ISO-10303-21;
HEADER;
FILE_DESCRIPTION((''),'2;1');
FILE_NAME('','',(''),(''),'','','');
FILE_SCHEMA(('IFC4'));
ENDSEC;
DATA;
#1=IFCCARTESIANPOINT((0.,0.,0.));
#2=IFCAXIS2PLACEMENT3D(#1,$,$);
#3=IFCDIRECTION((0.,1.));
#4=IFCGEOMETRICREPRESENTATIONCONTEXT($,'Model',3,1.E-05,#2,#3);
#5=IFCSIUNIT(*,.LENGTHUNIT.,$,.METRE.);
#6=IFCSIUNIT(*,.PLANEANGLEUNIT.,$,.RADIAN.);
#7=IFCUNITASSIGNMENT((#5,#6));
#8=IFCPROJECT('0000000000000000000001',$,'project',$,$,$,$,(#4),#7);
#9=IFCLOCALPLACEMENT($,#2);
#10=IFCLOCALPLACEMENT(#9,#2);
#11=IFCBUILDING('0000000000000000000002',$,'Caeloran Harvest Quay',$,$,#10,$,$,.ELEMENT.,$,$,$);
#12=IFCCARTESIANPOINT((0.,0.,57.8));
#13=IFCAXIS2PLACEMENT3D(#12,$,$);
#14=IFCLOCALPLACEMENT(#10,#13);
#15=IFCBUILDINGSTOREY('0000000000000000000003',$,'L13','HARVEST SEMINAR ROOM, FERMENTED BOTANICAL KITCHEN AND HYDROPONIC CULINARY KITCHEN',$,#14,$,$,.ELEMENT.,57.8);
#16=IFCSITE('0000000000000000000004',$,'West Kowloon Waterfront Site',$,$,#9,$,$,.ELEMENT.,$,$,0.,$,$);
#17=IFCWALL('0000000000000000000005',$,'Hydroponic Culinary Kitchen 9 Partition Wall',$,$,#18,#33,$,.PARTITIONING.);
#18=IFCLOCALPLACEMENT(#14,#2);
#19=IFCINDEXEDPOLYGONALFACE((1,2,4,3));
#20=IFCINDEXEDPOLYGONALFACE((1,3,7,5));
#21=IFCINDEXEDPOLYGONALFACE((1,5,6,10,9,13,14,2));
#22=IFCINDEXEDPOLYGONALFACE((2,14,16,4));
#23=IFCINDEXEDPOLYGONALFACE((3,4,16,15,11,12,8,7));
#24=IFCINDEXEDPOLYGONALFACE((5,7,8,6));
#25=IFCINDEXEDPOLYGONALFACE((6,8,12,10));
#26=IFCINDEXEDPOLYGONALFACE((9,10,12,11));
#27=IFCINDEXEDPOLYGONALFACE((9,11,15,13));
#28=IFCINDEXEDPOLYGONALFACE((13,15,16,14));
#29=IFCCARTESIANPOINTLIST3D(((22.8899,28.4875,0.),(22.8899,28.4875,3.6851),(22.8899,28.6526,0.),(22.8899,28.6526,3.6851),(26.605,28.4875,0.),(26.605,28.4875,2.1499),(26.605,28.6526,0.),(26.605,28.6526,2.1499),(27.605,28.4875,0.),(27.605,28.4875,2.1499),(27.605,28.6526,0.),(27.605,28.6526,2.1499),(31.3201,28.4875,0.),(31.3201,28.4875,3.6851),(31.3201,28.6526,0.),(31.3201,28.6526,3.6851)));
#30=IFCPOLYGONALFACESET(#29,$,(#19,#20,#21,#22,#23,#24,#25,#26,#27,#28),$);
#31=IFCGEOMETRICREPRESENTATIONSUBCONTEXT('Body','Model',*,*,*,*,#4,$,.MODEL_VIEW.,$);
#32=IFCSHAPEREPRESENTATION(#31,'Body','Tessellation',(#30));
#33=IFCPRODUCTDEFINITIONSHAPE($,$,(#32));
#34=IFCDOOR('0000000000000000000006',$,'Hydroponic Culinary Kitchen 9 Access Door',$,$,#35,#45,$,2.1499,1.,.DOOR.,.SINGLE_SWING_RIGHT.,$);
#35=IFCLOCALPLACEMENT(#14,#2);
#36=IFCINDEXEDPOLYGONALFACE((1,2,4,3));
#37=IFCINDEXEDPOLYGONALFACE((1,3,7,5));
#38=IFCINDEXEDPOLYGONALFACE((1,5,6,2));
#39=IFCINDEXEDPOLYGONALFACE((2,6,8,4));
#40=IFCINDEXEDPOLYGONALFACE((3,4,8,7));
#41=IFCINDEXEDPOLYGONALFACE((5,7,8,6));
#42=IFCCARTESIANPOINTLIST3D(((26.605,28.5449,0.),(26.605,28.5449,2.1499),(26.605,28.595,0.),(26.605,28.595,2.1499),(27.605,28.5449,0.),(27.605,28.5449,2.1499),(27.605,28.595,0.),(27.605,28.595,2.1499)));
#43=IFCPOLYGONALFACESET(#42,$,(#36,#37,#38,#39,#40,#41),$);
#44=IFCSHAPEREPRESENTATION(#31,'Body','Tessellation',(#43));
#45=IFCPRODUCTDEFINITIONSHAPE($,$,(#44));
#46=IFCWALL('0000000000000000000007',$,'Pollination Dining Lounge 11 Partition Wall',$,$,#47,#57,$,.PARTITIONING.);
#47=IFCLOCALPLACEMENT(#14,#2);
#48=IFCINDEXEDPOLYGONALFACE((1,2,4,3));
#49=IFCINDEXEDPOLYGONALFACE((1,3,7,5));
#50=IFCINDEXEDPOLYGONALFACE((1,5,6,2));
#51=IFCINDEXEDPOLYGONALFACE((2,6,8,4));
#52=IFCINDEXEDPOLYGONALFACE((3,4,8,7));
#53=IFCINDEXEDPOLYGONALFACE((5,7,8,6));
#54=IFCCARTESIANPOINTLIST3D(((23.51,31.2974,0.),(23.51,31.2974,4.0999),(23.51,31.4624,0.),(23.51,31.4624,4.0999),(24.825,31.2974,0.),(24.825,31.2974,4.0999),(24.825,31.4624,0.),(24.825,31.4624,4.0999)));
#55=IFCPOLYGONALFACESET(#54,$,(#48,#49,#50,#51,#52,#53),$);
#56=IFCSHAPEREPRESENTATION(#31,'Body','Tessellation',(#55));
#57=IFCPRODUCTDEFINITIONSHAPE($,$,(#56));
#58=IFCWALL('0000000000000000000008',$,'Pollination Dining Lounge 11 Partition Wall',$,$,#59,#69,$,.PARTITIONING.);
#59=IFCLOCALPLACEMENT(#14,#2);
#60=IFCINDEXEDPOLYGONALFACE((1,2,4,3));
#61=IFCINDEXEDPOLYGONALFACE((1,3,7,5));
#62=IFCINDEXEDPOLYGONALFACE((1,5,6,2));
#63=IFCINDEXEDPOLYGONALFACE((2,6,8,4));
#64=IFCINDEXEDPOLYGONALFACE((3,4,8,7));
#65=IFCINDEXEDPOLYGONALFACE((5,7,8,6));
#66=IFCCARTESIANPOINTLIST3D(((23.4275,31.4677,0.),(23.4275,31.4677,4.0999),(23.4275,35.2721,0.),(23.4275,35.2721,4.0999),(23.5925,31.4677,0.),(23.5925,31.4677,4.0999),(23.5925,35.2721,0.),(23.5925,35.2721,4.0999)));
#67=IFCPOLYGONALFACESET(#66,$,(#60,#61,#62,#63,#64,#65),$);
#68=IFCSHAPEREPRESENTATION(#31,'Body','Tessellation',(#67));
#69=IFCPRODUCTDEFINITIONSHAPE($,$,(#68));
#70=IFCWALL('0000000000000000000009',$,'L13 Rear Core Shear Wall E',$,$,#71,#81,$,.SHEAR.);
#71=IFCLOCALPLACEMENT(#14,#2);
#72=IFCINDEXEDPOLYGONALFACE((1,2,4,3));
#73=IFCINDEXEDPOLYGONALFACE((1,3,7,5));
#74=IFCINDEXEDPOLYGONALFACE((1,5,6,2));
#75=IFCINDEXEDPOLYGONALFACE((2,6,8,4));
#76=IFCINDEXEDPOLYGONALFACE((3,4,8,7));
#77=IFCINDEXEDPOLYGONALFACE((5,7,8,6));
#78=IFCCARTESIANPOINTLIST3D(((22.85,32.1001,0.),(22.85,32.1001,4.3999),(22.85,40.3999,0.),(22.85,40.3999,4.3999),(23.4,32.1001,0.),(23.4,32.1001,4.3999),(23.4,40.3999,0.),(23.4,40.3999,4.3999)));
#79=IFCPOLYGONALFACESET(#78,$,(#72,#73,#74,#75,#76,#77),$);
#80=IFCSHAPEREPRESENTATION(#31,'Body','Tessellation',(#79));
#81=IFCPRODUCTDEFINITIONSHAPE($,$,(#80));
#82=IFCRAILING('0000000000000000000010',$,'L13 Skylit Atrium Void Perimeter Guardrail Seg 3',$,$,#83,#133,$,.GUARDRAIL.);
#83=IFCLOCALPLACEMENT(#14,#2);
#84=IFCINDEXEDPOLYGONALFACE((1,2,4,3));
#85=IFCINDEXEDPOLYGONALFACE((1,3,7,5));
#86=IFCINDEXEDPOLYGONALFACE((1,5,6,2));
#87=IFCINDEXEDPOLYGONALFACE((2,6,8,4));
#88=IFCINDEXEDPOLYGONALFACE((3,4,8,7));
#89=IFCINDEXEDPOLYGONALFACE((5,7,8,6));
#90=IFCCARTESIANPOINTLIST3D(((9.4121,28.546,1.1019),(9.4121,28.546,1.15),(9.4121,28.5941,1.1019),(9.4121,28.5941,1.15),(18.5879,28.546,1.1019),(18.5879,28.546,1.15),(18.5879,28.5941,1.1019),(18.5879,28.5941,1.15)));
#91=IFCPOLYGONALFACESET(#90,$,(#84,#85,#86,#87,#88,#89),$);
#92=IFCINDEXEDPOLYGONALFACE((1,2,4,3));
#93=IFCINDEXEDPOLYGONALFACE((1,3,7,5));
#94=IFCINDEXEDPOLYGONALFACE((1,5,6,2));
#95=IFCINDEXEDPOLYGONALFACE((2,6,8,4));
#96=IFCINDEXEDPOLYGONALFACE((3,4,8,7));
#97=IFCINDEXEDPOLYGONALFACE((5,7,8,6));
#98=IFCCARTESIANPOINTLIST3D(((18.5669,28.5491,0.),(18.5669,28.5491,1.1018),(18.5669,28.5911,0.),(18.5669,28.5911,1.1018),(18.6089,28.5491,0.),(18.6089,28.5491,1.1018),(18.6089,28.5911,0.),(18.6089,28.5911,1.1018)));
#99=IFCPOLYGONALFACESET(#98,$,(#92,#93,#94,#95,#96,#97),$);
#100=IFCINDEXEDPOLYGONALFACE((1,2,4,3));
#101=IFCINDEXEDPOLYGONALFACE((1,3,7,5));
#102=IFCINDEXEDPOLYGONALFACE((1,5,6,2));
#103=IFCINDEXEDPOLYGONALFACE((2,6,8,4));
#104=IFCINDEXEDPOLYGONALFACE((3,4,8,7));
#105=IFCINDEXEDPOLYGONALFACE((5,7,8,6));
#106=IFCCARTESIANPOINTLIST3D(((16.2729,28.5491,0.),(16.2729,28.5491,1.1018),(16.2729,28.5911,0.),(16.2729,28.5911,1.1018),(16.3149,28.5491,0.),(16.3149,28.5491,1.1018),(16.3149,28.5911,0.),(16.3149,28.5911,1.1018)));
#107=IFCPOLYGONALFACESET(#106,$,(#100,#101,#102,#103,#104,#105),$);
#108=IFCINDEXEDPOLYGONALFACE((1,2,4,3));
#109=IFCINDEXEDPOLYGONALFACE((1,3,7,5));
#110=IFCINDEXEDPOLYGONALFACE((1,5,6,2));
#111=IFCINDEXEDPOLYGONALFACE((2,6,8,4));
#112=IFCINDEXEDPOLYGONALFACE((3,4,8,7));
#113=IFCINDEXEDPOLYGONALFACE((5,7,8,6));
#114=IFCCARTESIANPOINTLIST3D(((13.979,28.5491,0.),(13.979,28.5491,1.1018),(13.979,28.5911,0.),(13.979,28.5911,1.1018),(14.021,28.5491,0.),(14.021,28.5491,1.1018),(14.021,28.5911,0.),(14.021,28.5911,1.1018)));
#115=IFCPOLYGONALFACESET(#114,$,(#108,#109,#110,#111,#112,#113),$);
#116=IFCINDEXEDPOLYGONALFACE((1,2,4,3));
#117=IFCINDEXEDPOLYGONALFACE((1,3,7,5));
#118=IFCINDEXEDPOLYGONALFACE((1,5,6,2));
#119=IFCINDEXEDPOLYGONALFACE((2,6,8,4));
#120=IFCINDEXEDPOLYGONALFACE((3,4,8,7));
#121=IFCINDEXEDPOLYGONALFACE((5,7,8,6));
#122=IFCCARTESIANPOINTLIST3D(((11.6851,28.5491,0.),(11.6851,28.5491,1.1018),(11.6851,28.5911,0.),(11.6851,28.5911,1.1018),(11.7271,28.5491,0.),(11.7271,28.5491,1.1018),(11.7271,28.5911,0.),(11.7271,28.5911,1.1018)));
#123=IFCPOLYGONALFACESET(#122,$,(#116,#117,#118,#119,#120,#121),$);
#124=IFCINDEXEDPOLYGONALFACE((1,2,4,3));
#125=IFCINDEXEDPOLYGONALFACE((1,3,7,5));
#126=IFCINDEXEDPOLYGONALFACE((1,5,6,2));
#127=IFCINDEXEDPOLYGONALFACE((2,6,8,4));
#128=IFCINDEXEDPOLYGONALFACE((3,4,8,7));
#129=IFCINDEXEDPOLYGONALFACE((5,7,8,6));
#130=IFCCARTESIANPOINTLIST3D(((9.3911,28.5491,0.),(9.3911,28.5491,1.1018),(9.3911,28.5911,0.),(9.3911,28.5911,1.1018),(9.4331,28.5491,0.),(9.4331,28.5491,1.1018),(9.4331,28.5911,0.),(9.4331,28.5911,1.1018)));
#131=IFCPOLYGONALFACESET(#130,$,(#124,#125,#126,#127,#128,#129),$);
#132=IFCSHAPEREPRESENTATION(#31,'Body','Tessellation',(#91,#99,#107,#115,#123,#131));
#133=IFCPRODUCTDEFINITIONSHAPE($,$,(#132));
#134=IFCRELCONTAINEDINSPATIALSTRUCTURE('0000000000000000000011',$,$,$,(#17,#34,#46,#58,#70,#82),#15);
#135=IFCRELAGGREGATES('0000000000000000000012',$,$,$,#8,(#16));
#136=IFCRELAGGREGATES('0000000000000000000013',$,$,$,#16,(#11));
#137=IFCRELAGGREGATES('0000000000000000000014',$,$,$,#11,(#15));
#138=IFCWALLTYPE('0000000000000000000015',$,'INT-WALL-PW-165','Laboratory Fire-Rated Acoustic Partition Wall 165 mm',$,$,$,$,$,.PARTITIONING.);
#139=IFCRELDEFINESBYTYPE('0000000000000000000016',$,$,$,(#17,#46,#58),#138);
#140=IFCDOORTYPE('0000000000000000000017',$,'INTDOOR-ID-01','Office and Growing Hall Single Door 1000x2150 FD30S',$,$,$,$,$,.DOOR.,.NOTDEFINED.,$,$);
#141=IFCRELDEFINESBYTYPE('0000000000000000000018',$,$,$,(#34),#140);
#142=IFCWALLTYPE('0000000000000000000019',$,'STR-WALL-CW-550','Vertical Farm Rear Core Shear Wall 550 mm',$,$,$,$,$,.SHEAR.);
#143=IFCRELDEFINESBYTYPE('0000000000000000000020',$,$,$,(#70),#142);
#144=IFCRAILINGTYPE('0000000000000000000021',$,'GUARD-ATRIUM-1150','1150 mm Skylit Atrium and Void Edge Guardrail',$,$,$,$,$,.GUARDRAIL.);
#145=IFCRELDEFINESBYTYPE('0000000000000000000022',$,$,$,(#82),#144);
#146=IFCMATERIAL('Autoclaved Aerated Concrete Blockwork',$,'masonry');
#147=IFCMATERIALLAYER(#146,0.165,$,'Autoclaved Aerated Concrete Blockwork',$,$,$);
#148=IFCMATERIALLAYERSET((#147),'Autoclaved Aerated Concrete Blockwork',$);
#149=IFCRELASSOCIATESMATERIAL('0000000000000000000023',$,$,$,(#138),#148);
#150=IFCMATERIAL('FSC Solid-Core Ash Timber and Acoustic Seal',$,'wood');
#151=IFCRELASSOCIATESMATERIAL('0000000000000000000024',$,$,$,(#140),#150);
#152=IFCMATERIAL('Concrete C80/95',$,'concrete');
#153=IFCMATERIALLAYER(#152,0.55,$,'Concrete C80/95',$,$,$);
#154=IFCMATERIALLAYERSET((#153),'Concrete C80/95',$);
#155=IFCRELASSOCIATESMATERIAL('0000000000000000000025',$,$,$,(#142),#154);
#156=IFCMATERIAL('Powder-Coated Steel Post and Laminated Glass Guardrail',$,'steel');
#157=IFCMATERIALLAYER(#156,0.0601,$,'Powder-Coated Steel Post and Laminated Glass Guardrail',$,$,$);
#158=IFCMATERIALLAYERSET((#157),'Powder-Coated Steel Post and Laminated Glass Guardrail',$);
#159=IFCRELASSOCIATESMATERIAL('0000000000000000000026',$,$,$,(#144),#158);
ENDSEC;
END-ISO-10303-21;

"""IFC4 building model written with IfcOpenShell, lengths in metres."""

from ifc_helpers import new_model, si_unit, direction, frame, frame_2d, origin, origin_2d, place, context, subcontext, project, spatial, rectangle, extrude, material, layer, layer_set, type_object, element, fill, save


model = new_model("IFC4")

# Units and contexts
model_context = context("Model", 3, precision=1e-05, world=origin(), true_north=direction((0.0, 1.0)))
body_context = subcontext(model_context, "Body", "Model", "MODEL_VIEW")
ifc_project = project(units=[si_unit("LENGTHUNIT", "METRE"), si_unit("PLANEANGLEUNIT", "RADIAN")], contexts=[model_context])

# Site, building, storey
site_placement = place(None, origin())
site = spatial("IfcSite", under=ifc_project, at=site_placement, Name="West Kowloon Waterfront Site", CompositionType="ELEMENT", RefElevation=0.0)
building_placement = place(site_placement, origin())
building = spatial("IfcBuilding", under=site, at=building_placement, Name="Caeloran Harvest Quay", CompositionType="ELEMENT")
storey_placement = place(building_placement, frame((0.0, 0.0, 57.8)))
storey = spatial("IfcBuildingStorey", under=building, at=storey_placement, Name="L13", Description="HARVEST SEMINAR ROOM, FERMENTED BOTANICAL KITCHEN AND HYDROPONIC CULINARY KITCHEN", CompositionType="ELEMENT", Elevation=57.8)

# Shared definitions
ifc_material_1 = material(Name="Concrete C80/95", Category="concrete")

# Wall, opening, door
ifc_material_2 = material(Name="Autoclaved Aerated Concrete Blockwork", Category="masonry")
ifc_layer_1 = layer(ifc_material_2, 0.165, Name="Autoclaved Aerated Concrete Blockwork")
ifc_layer_set_1 = layer_set([ifc_layer_1], Name="Autoclaved Aerated Concrete Blockwork")
wall_type_1 = type_object("IfcWallType", Name="INT-WALL-PW-165", Description="Laboratory Fire-Rated Acoustic Partition Wall 165 mm", PredefinedType="PARTITIONING", material=ifc_layer_set_1)
wall_1_placement = place(storey_placement, frame((22.8899, 28.5701, 0.0), z_axis=(0.0, 0.0, 1.0), x_axis=(1.0, 0.0, 0.0)))
wall_1 = element("IfcWall", 1, at=wall_1_placement, inside=storey, type_object=wall_type_1, Name="Hydroponic Culinary Kitchen 9 Partition Wall", PredefinedType="PARTITIONING", context=body_context, shape_type="SweptSolid", body=[
    extrude(rectangle(XDim=8.4302, YDim=0.165, at=frame_2d((4.2151, 0.0))), origin(), (0.0, 0.0, 1.0), 3.6851),
])
opening_placement = place(wall_1_placement, frame((3.7151, 0.0, 0.0)))
opening = element("IfcOpeningElement", 2, at=opening_placement, cuts=wall_1, PredefinedType="OPENING", context=body_context, shape_type="SweptSolid", body=[
    extrude(rectangle(XDim=1.0, YDim=2.1499, at=frame_2d((0.5, 1.075))), frame((0.0, 0.0925, 0.0), z_axis=(0.0, -1.0, 0.0), x_axis=(1.0, 0.0, 0.0)), (0.0, 0.0, 1.0), 0.1851),
])
ifc_material_3 = material(Name="FSC Solid-Core Ash Timber and Acoustic Seal", Category="wood")
door_type = type_object("IfcDoorType", Name="INTDOOR-ID-01", Description="Office and Growing Hall Single Door 1000x2150 FD30S", OperationType="NOTDEFINED", PredefinedType="DOOR", material=ifc_material_3)
door_placement = place(opening_placement, origin())
door = element("IfcDoor", 3, at=door_placement, inside=storey, type_object=door_type, Name="Hydroponic Culinary Kitchen 9 Access Door", OperationType="SINGLE_SWING_RIGHT", OverallHeight=2.1499, OverallWidth=1.0, PredefinedType="DOOR", context=body_context, shape_type="SweptSolid", body=[
    extrude(rectangle(XDim=1.0, YDim=2.1499, at=frame_2d((0.5, 1.075))), frame((0.0, 0.0249, 0.0), z_axis=(0.0, -1.0, 0.0), x_axis=(1.0, 0.0, 0.0)), (0.0, 0.0, 1.0), 0.05),
])
fill(opening, door)

# Walls
wall_2_placement = place(storey_placement, frame((24.825, 31.3799, 0.0), z_axis=(0.0, 0.0, 1.0), x_axis=(-1.0, 0.0, 0.0)))
element("IfcWall", 4, at=wall_2_placement, inside=storey, type_object=wall_type_1, Name="Pollination Dining Lounge 11 Partition Wall", PredefinedType="PARTITIONING", context=body_context, shape_type="SweptSolid", body=[
    extrude(rectangle(XDim=1.3149, YDim=0.165, at=frame_2d((0.6575, 0.0))), origin(), (0.0, 0.0, 1.0), 4.0999),
])
wall_3_placement = place(storey_placement, frame((23.51, 31.4675, 0.0), z_axis=(0.0, 0.0, 1.0), x_axis=(0.0, 1.0, 0.0)))
element("IfcWall", 5, at=wall_3_placement, inside=storey, type_object=wall_type_1, Name="Pollination Dining Lounge 11 Partition Wall", PredefinedType="PARTITIONING", context=body_context, shape_type="SweptSolid", body=[
    extrude(rectangle(XDim=3.8044, YDim=0.165, at=frame_2d((1.9023, 0.0))), origin(), (0.0, 0.0, 1.0), 4.0999),
])
ifc_layer_2 = layer(ifc_material_1, 0.55, Name="Concrete C80/95")
ifc_layer_set_2 = layer_set([ifc_layer_2], Name="Concrete C80/95")
wall_type_2 = type_object("IfcWallType", Name="STR-WALL-CW-550", Description="Vertical Farm Rear Core Shear Wall 550 mm", PredefinedType="SHEAR", material=ifc_layer_set_2)
wall_4_placement = place(storey_placement, frame((23.125, 32.1001, 0.0), z_axis=(0.0, 0.0, 1.0), x_axis=(0.0, 1.0, 0.0)))
element("IfcWall", 6, at=wall_4_placement, inside=storey, type_object=wall_type_2, Name="L13 Rear Core Shear Wall E", PredefinedType="SHEAR", context=body_context, shape_type="SweptSolid", body=[
    extrude(rectangle(XDim=8.2998, YDim=0.55, at=frame_2d((4.1499, 0.0))), origin(), (0.0, 0.0, 1.0), 4.3999),
])

# Railing
ifc_material_4 = material(Name="Powder-Coated Steel Post and Laminated Glass Guardrail", Category="steel")
ifc_layer_3 = layer(ifc_material_4, 0.0601, Name="Powder-Coated Steel Post and Laminated Glass Guardrail")
ifc_layer_set_3 = layer_set([ifc_layer_3], Name="Powder-Coated Steel Post and Laminated Glass Guardrail")
railing_type = type_object("IfcRailingType", Name="GUARD-ATRIUM-1150", Description="1150 mm Skylit Atrium and Void Edge Guardrail", PredefinedType="GUARDRAIL", material=ifc_layer_set_3)
railing_placement = place(storey_placement, frame((18.5879, 28.5701, 0.0)))
element("IfcRailing", 7, at=railing_placement, inside=storey, type_object=railing_type, Name="L13 Skylit Atrium Void Perimeter Guardrail Seg 3", PredefinedType="GUARDRAIL", context=body_context, shape_type="SweptSolid", body=[
    extrude(rectangle(XDim=0.0481, YDim=0.0481, at=origin_2d()), frame((0.0, 0.0, 1.126), z_axis=(-1.0, 0.0, 0.0), x_axis=(0.0, -1.0, 0.0)), (0.0, 0.0, 1.0), 9.1758),
    extrude(rectangle(XDim=0.042, YDim=0.042, at=origin_2d()), origin(), (0.0, 0.0, 1.0), 1.1018),
    extrude(rectangle(XDim=0.042, YDim=0.042, at=origin_2d()), frame((-2.2939, 0.0, 0.0)), (0.0, 0.0, 1.0), 1.1018),
    extrude(rectangle(XDim=0.042, YDim=0.042, at=origin_2d()), frame((-4.5879, 0.0, 0.0)), (0.0, 0.0, 1.0), 1.1018),
    extrude(rectangle(XDim=0.042, YDim=0.042, at=origin_2d()), frame((-6.8818, 0.0, 0.0)), (0.0, 0.0, 1.0), 1.1018),
    extrude(rectangle(XDim=0.042, YDim=0.042, at=origin_2d()), frame((-9.1758, 0.0, 0.0)), (0.0, 0.0, 1.0), 1.1018),
])

save(model, "model.ifc")
